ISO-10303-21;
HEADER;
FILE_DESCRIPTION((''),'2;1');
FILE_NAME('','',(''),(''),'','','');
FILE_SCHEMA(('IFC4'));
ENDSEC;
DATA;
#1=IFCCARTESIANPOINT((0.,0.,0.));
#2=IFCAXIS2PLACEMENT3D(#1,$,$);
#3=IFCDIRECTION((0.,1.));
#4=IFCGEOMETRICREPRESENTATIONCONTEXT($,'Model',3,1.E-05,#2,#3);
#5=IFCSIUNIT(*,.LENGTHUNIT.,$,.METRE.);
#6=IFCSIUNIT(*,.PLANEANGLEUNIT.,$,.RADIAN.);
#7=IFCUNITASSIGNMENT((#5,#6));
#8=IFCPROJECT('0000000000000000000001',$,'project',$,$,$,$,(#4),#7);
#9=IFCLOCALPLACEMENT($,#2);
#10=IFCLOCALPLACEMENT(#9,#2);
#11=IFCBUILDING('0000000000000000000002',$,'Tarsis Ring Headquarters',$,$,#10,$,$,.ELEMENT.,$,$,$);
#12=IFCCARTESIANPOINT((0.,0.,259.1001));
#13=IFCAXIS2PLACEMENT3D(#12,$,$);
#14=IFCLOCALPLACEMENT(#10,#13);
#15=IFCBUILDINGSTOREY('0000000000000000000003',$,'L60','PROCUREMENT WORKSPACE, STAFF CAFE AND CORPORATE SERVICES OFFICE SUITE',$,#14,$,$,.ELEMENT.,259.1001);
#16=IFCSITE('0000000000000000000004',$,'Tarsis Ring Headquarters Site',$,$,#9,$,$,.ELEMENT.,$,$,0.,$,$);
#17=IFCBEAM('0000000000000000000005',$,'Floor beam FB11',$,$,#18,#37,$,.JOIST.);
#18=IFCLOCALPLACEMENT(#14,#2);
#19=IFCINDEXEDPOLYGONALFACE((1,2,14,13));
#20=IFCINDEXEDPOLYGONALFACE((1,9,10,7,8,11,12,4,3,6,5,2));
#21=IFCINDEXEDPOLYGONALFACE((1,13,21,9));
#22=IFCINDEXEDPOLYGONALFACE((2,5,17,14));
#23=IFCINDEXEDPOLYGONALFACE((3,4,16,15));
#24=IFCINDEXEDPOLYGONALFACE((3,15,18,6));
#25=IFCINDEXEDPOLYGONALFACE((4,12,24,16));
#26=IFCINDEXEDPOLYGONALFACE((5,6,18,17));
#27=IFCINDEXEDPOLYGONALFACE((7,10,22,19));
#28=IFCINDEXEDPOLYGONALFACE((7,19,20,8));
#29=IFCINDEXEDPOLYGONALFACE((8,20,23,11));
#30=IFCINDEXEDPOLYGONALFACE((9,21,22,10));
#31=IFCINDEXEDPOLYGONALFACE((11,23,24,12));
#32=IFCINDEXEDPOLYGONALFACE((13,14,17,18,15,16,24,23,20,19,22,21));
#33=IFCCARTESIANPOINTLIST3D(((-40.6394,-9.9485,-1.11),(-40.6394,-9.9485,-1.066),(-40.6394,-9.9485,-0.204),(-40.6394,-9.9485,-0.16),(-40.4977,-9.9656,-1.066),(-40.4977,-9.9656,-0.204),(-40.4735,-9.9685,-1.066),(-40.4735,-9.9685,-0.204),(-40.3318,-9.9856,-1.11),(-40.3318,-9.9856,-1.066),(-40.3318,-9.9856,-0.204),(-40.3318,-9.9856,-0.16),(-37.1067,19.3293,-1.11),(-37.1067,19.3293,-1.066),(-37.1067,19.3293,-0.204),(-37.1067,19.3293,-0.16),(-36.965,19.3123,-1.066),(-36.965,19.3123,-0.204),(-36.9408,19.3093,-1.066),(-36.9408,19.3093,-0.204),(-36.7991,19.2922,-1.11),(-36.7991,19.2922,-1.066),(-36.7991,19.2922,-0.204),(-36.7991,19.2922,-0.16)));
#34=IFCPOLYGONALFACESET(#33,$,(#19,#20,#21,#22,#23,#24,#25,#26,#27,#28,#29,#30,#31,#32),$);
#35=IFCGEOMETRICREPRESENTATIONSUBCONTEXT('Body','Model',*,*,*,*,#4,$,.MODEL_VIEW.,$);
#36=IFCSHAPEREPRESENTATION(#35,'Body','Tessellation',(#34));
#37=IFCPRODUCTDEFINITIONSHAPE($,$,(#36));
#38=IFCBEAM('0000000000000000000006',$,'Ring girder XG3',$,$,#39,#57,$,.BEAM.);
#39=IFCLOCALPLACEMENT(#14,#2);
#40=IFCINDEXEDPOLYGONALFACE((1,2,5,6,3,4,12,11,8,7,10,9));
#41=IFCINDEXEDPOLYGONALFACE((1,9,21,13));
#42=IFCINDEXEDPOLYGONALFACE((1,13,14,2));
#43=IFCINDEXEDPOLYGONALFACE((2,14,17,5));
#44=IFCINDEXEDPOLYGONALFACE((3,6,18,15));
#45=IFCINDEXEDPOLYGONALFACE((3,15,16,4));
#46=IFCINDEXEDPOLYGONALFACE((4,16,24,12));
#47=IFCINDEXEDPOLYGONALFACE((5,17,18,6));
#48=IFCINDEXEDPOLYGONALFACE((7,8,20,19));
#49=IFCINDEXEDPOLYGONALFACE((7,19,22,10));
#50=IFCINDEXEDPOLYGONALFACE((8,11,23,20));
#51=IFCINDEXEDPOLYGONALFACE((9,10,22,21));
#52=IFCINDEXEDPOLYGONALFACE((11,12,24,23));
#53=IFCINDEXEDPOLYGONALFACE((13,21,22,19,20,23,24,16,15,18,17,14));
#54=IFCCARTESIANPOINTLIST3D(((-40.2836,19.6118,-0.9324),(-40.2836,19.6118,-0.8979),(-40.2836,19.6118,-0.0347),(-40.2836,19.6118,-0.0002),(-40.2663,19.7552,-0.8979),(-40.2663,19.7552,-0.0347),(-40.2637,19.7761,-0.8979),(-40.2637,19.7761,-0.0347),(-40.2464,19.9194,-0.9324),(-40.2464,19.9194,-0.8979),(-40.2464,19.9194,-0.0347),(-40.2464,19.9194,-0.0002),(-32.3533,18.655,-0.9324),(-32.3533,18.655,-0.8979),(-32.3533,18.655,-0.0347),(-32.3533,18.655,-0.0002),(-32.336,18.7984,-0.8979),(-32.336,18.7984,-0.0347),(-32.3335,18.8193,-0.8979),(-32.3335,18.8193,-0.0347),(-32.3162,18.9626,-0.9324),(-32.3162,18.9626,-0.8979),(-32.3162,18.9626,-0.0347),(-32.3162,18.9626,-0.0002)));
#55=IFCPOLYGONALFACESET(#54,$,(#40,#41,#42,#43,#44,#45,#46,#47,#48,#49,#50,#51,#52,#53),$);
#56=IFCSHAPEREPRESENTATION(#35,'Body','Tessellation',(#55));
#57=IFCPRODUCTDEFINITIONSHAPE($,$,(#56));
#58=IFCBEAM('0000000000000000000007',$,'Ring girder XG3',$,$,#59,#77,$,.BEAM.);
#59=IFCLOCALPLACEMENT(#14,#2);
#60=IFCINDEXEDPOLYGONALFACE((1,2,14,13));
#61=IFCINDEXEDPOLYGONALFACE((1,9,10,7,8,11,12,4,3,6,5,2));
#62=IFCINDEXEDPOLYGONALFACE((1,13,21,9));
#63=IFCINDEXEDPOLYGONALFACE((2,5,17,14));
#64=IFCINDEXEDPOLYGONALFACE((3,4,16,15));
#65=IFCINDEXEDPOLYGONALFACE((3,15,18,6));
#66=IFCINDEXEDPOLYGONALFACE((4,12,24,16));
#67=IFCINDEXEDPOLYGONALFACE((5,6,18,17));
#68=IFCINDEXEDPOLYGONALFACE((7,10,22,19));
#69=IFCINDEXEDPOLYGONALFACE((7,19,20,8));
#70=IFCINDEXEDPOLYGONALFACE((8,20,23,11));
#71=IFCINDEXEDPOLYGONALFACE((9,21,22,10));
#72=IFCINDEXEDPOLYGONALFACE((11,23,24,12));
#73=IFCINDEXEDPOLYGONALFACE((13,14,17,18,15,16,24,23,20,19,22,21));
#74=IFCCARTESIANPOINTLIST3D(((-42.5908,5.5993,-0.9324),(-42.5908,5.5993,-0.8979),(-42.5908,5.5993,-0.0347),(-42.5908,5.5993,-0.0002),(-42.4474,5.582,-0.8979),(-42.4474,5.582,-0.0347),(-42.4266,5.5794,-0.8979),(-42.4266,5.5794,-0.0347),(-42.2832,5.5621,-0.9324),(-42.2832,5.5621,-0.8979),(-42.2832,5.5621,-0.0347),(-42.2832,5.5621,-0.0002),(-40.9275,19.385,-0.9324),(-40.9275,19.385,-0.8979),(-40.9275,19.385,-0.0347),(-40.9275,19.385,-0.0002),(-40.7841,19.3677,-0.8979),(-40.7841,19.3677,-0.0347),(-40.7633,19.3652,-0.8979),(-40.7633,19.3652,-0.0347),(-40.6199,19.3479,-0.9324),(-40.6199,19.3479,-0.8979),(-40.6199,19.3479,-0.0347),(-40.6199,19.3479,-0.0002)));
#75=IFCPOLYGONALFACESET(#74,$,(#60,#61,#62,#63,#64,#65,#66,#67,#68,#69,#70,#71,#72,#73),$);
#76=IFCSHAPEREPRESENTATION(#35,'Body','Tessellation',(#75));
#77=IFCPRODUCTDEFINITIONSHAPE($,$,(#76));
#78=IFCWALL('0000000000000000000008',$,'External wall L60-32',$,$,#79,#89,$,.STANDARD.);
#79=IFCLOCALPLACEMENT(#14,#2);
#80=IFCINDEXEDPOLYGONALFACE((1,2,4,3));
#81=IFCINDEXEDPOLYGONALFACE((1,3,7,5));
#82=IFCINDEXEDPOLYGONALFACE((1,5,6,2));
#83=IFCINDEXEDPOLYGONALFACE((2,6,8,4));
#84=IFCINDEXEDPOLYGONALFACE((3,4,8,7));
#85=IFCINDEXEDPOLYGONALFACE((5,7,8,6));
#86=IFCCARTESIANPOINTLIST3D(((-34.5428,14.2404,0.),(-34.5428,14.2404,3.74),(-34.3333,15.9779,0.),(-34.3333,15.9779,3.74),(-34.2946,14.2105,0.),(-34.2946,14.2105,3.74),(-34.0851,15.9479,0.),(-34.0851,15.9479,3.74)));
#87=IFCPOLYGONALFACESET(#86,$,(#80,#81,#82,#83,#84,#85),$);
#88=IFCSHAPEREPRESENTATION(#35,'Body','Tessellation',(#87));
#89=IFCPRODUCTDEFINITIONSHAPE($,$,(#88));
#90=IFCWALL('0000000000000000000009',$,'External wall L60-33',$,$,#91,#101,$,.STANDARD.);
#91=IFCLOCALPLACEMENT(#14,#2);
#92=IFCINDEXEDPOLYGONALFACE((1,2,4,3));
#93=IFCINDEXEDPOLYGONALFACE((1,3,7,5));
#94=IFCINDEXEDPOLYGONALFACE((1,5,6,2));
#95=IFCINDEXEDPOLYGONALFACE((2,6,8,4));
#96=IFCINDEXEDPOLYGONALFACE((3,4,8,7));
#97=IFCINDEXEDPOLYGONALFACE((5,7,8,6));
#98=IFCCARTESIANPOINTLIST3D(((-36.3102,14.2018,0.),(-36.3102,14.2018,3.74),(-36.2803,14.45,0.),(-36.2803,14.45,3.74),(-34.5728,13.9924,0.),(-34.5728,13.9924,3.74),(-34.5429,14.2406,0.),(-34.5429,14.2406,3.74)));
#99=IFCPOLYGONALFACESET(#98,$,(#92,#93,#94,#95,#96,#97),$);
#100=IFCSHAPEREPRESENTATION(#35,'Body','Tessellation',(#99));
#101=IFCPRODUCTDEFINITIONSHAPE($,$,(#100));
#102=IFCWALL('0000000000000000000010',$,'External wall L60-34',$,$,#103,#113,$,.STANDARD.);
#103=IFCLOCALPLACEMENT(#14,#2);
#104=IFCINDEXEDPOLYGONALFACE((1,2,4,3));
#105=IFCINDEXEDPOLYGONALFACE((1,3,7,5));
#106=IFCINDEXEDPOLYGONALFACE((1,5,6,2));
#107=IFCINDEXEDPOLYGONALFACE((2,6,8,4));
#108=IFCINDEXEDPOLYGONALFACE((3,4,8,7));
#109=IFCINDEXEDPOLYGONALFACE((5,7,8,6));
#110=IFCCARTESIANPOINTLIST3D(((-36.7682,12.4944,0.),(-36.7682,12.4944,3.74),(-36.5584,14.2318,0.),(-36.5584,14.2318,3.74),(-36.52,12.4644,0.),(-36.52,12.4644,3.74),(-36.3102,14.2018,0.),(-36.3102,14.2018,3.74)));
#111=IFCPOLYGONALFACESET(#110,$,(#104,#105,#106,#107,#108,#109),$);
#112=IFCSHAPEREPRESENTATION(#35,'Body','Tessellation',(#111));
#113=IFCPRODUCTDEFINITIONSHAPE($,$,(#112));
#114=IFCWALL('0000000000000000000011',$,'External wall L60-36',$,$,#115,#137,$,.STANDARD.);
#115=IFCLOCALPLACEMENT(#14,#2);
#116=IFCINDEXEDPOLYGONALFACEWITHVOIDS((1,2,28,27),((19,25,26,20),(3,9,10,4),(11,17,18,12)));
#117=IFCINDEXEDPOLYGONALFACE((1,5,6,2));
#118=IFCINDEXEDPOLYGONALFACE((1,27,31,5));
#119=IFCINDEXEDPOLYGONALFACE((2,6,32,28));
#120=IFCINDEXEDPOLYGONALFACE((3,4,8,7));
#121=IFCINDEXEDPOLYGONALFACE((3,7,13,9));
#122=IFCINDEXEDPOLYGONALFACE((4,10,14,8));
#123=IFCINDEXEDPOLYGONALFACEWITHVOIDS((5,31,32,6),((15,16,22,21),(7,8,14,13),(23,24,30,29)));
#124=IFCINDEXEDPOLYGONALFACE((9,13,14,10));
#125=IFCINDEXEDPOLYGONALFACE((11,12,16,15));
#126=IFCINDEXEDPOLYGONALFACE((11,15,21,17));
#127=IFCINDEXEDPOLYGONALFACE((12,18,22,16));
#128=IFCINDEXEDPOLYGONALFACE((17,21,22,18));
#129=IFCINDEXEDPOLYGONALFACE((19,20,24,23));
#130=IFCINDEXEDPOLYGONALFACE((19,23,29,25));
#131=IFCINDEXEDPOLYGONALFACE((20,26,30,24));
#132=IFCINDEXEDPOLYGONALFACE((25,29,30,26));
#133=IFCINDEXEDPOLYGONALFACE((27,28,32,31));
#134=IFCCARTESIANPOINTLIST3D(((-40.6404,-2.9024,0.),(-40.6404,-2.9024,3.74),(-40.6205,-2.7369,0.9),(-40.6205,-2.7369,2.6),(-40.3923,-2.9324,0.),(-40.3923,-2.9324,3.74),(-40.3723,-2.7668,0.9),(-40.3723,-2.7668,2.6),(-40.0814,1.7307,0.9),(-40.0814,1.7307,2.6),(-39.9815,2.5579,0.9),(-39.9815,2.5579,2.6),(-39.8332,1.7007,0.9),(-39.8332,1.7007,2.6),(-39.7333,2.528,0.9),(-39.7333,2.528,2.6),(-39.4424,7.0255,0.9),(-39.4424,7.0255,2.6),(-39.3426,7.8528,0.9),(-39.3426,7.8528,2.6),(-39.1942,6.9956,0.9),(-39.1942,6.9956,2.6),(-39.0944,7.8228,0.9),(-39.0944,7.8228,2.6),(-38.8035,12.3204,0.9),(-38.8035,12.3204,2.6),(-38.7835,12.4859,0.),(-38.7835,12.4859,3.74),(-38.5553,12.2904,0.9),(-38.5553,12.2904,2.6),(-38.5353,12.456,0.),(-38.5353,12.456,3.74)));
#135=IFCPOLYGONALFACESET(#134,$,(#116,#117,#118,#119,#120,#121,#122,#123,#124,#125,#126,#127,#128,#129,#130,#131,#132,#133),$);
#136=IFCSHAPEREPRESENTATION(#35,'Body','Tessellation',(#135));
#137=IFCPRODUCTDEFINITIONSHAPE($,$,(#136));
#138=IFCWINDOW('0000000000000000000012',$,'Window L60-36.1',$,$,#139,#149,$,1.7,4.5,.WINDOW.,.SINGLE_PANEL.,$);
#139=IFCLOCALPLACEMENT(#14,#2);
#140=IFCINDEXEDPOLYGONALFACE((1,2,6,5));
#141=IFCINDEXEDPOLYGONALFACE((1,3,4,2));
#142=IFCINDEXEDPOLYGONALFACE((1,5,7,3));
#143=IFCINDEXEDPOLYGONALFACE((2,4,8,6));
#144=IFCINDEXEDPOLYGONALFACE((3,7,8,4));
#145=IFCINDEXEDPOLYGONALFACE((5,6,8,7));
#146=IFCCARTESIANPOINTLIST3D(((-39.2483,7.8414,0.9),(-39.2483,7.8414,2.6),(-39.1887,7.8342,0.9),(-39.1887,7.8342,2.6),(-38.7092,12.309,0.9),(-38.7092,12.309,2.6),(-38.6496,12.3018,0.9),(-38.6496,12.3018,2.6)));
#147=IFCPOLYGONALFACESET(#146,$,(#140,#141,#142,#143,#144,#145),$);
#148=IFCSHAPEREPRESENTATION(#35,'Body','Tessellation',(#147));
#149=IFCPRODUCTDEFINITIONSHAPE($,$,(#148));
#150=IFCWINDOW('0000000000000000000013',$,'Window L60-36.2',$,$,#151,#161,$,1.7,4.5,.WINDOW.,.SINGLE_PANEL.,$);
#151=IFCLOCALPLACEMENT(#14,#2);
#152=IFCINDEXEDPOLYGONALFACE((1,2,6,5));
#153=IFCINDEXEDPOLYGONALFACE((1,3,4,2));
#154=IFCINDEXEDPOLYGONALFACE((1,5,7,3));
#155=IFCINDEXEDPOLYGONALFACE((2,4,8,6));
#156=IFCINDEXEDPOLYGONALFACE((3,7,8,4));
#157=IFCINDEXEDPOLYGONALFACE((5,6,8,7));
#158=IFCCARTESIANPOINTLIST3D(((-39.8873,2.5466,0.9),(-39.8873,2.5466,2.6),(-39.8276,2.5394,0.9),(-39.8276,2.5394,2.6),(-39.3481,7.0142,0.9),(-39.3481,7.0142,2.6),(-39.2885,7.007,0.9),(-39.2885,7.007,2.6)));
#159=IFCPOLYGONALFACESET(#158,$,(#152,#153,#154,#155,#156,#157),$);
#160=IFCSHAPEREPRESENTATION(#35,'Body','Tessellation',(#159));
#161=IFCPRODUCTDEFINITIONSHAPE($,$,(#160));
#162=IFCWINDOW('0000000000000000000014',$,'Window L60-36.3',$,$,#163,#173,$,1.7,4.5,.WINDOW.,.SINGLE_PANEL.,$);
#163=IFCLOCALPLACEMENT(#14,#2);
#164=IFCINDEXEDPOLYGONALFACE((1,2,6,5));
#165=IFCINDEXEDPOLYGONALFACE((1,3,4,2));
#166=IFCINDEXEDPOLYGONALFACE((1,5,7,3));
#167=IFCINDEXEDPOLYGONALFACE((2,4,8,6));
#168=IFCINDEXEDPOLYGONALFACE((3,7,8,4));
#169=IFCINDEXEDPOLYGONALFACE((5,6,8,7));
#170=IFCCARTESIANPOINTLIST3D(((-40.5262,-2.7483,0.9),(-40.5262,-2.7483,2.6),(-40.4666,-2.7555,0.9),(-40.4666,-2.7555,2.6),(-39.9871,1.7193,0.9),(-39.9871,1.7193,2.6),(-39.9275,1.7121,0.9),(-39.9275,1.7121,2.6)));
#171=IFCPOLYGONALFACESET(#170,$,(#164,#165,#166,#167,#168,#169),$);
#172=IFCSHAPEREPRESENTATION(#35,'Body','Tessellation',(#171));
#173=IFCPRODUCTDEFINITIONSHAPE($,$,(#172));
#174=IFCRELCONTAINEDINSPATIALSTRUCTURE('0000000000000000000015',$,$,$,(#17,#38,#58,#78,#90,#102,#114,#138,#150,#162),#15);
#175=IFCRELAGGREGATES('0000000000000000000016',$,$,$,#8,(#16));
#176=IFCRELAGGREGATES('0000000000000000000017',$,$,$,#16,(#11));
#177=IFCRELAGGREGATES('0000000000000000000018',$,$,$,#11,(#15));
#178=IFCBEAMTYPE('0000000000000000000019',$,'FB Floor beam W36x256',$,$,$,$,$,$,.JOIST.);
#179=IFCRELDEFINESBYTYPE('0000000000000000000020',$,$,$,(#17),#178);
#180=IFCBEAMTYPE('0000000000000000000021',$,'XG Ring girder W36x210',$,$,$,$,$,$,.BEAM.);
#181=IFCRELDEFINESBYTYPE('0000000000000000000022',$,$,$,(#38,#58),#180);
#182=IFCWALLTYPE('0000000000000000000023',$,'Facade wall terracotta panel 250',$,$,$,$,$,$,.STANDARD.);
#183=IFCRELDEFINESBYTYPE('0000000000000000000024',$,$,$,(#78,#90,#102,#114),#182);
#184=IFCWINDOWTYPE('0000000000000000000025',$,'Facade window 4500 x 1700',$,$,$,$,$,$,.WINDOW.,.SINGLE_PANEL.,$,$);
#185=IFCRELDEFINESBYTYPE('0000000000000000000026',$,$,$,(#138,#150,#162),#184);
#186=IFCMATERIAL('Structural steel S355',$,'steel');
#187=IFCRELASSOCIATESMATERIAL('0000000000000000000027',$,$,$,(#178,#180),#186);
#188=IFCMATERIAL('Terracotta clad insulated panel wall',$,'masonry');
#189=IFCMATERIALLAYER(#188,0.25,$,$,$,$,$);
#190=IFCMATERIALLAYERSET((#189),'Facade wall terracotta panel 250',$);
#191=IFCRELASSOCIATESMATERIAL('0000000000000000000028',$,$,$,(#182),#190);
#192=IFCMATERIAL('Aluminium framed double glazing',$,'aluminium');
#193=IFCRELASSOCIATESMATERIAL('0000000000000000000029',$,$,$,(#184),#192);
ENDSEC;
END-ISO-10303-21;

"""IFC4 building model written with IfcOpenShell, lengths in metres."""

from ifc_helpers import new_model, si_unit, direction, frame, frame_2d, origin, origin_2d, place, context, subcontext, project, spatial, rectangle, i_section, extrude, material, layer, layer_set, material_profile, profile_set, type_object, element, fill, save


model = new_model("IFC4")

# Units and contexts
model_context = context("Model", 3, precision=1e-05, world=origin(), true_north=direction((0.0, 1.0)))
body_context = subcontext(model_context, "Body", "Model", "MODEL_VIEW")
ifc_project = project(units=[si_unit("LENGTHUNIT", "METRE"), si_unit("PLANEANGLEUNIT", "RADIAN")], contexts=[model_context])

# Site, building, storey
site_placement = place(None, origin())
site = spatial("IfcSite", under=ifc_project, at=site_placement, Name="Tarsis Ring Headquarters Site", CompositionType="ELEMENT", RefElevation=0.0)
building_placement = place(site_placement, origin())
building = spatial("IfcBuilding", under=site, at=building_placement, Name="Tarsis Ring Headquarters", CompositionType="ELEMENT")
storey_placement = place(building_placement, frame((0.0, 0.0, 259.1001)))
storey = spatial("IfcBuildingStorey", under=building, at=storey_placement, Name="L60", Description="PROCUREMENT WORKSPACE, STAFF CAFE AND CORPORATE SERVICES OFFICE SUITE", CompositionType="ELEMENT", Elevation=259.1001)

# Shared definitions
ifc_material_1 = material(Name="Structural steel S355", Category="steel")

# Beams
ifc_material_profile_1 = material_profile(ifc_material_1, i_section(OverallWidth=0.3098, OverallDepth=0.95, WebThickness=0.0244, FlangeThickness=0.0439, at=origin_2d()), Name="W36x256")
ifc_profile_set_1 = profile_set([ifc_material_profile_1], Name="Structural steel S355")
beam_type_1 = type_object("IfcBeamType", Name="FB Floor beam W36x256", PredefinedType="JOIST", material=ifc_profile_set_1)
for number, where, z_axis, x_axis, name in (
    (1, (-36.9529, 19.3108, -0.635), (-0.119793, -0.992799, 0.0), (0.992799, -0.119793, 0.0), "Floor beam FB11"),
):
    element("IfcBeam", number, at=place(storey_placement, frame(where, z_axis=z_axis, x_axis=x_axis)), inside=storey, type_object=beam_type_1, Name=name, PredefinedType="JOIST", context=body_context, shape_type="SweptSolid", body=[
        extrude(i_section(OverallWidth=0.3098, OverallDepth=0.95, WebThickness=0.0244, FlangeThickness=0.0439, at=origin_2d()), origin(), (0.0, 0.0, 1.0), 29.4902),
    ])
ifc_material_profile_2 = material_profile(ifc_material_1, i_section(OverallWidth=0.3098, OverallDepth=0.9321, WebThickness=0.021, FlangeThickness=0.0344, at=origin_2d()), Name="W36x210")
ifc_profile_set_2 = profile_set([ifc_material_profile_2], Name="Structural steel S355")
beam_type_2 = type_object("IfcBeamType", Name="XG Ring girder W36x210", PredefinedType="BEAM", material=ifc_profile_set_2)
beam_1_placement = place(storey_placement, frame((-32.3347, 18.8088, -0.4663), z_axis=(-0.9928, 0.119783, 0.0), x_axis=(-0.119783, -0.9928, 0.0)))
element("IfcBeam", 2, at=beam_1_placement, inside=storey, type_object=beam_type_2, Name="Ring girder XG3", PredefinedType="BEAM", context=body_context, shape_type="SweptSolid", body=[
    extrude(i_section(OverallWidth=0.3098, OverallDepth=0.9321, WebThickness=0.021, FlangeThickness=0.0344, at=origin_2d()), origin(), (0.0, 0.0, 1.0), 7.9878),
])
beam_2_placement = place(storey_placement, frame((-40.7737, 19.3665, -0.4663), z_axis=(-0.119788, -0.9928, 0.0), x_axis=(0.9928, -0.119788, 0.0)))
element("IfcBeam", 3, at=beam_2_placement, inside=storey, type_object=beam_type_2, Name="Ring girder XG3", PredefinedType="BEAM", context=body_context, shape_type="SweptSolid", body=[
    extrude(i_section(OverallWidth=0.3098, OverallDepth=0.9321, WebThickness=0.021, FlangeThickness=0.0344, at=origin_2d()), origin(), (0.0, 0.0, 1.0), 13.8857),
])

# Walls
ifc_material_2 = material(Name="Terracotta clad insulated panel wall", Category="masonry")
ifc_layer = layer(ifc_material_2, 0.25)
ifc_layer_set = layer_set([ifc_layer], Name="Facade wall terracotta panel 250")
wall_type = type_object("IfcWallType", Name="Facade wall terracotta panel 250", PredefinedType="STANDARD", material=ifc_layer_set)
for number, where, z_axis, x_axis, name in (
    (4, (-34.2092, 15.9629, 0.0), (0.0, 0.0, 1.0), (-0.119706, -0.992809, 0.0), "External wall L60-32"),
    (5, (-34.5579, 14.1165, 0.0), (0.0, 0.0, 1.0), (-0.992809, 0.119706, 0.0), "External wall L60-33"),
    (6, (-36.4343, 14.2168, 0.0), (0.0, 0.0, 1.0), (-0.119844, -0.992793, 0.0), "External wall L60-34"),
):
    element("IfcWall", number, at=place(storey_placement, frame(where, z_axis=z_axis, x_axis=x_axis)), inside=storey, type_object=wall_type, Name=name, PredefinedType="STANDARD", context=body_context, shape_type="SweptSolid", body=[
        extrude(rectangle(XDim=1.75, YDim=0.25, at=frame_2d((0.875, 0.0))), origin(), (0.0, 0.0, 1.0), 3.74),
    ])

# Wall, openings, windows
wall_placement = place(storey_placement, frame((-38.6594, 12.4709, 0.0), z_axis=(0.0, 0.0, 1.0), x_axis=(-0.119802, -0.992798, 0.0)))
wall = element("IfcWall", 7, at=wall_placement, inside=storey, type_object=wall_type, Name="External wall L60-36", PredefinedType="STANDARD", context=body_context, shape_type="SweptSolid", body=[
    extrude(rectangle(XDim=15.5, YDim=0.25, at=frame_2d((7.75, 0.0))), origin(), (0.0, 0.0, 1.0), 3.74),
])
opening_1_placement = place(wall_placement, frame((0.1667, 0.0, 0.8999)))
opening_1 = element("IfcOpeningElement", 8, at=opening_1_placement, cuts=wall, PredefinedType="OPENING", context=body_context, shape_type="SweptSolid", body=[
    extrude(rectangle(XDim=4.5, YDim=1.7, at=frame_2d((2.25, 0.8501))), frame((0.0, 0.135, 0.0), z_axis=(0.0, -1.0, 0.0), x_axis=(1.0, 0.0, 0.0)), (0.0, 0.0, 1.0), 0.27),
])
opening_2_placement = place(wall_placement, frame((5.5, 0.0, 0.8999)))
opening_2 = element("IfcOpeningElement", 9, at=opening_2_placement, cuts=wall, PredefinedType="OPENING", context=body_context, shape_type="SweptSolid", body=[
    extrude(rectangle(XDim=4.5, YDim=1.7, at=frame_2d((2.25, 0.8501))), frame((0.0, 0.135, 0.0), z_axis=(0.0, -1.0, 0.0), x_axis=(1.0, 0.0, 0.0)), (0.0, 0.0, 1.0), 0.27),
])
opening_3_placement = place(wall_placement, frame((10.8333, 0.0, 0.8999)))
opening_3 = element("IfcOpeningElement", 10, at=opening_3_placement, cuts=wall, PredefinedType="OPENING", context=body_context, shape_type="SweptSolid", body=[
    extrude(rectangle(XDim=4.5, YDim=1.7, at=frame_2d((2.25, 0.8501))), frame((0.0, 0.135, 0.0), z_axis=(0.0, -1.0, 0.0), x_axis=(1.0, 0.0, 0.0)), (0.0, 0.0, 1.0), 0.27),
])
ifc_material_3 = material(Name="Aluminium framed double glazing", Category="aluminium")
window_type = type_object("IfcWindowType", Name="Facade window 4500 x 1700", PartitioningType="SINGLE_PANEL", PredefinedType="WINDOW", material=ifc_material_3)
window_1_placement = place(opening_1_placement, origin())
window_1 = element("IfcWindow", 11, at=window_1_placement, inside=storey, type_object=window_type, Name="Window L60-36.1", OverallHeight=1.7, OverallWidth=4.5, PartitioningType="SINGLE_PANEL", PredefinedType="WINDOW", context=body_context, shape_type="SweptSolid", body=[
    extrude(rectangle(XDim=4.5, YDim=1.7, at=frame_2d((2.25, 0.8501))), frame((0.0, 0.03, 0.0), z_axis=(0.0, -1.0, 0.0), x_axis=(1.0, 0.0, 0.0)), (0.0, 0.0, 1.0), 0.0601),
])
fill(opening_1, window_1)
window_2_placement = place(opening_2_placement, origin())
window_2 = element("IfcWindow", 12, at=window_2_placement, inside=storey, type_object=window_type, Name="Window L60-36.2", OverallHeight=1.7, OverallWidth=4.5, PartitioningType="SINGLE_PANEL", PredefinedType="WINDOW", context=body_context, shape_type="SweptSolid", body=[
    extrude(rectangle(XDim=4.5, YDim=1.7, at=frame_2d((2.25, 0.8501))), frame((0.0, 0.03, 0.0), z_axis=(0.0, -1.0, 0.0), x_axis=(1.0, 0.0, 0.0)), (0.0, 0.0, 1.0), 0.0601),
])
fill(opening_2, window_2)
window_3_placement = place(opening_3_placement, origin())
window_3 = element("IfcWindow", 13, at=window_3_placement, inside=storey, type_object=window_type, Name="Window L60-36.3", OverallHeight=1.7, OverallWidth=4.5, PartitioningType="SINGLE_PANEL", PredefinedType="WINDOW", context=body_context, shape_type="SweptSolid", body=[
    extrude(rectangle(XDim=4.5, YDim=1.7, at=frame_2d((2.25, 0.8501))), frame((0.0, 0.03, 0.0), z_axis=(0.0, -1.0, 0.0), x_axis=(1.0, 0.0, 0.0)), (0.0, 0.0, 1.0), 0.0601),
])
fill(opening_3, window_3)

save(model, "model.ifc")
